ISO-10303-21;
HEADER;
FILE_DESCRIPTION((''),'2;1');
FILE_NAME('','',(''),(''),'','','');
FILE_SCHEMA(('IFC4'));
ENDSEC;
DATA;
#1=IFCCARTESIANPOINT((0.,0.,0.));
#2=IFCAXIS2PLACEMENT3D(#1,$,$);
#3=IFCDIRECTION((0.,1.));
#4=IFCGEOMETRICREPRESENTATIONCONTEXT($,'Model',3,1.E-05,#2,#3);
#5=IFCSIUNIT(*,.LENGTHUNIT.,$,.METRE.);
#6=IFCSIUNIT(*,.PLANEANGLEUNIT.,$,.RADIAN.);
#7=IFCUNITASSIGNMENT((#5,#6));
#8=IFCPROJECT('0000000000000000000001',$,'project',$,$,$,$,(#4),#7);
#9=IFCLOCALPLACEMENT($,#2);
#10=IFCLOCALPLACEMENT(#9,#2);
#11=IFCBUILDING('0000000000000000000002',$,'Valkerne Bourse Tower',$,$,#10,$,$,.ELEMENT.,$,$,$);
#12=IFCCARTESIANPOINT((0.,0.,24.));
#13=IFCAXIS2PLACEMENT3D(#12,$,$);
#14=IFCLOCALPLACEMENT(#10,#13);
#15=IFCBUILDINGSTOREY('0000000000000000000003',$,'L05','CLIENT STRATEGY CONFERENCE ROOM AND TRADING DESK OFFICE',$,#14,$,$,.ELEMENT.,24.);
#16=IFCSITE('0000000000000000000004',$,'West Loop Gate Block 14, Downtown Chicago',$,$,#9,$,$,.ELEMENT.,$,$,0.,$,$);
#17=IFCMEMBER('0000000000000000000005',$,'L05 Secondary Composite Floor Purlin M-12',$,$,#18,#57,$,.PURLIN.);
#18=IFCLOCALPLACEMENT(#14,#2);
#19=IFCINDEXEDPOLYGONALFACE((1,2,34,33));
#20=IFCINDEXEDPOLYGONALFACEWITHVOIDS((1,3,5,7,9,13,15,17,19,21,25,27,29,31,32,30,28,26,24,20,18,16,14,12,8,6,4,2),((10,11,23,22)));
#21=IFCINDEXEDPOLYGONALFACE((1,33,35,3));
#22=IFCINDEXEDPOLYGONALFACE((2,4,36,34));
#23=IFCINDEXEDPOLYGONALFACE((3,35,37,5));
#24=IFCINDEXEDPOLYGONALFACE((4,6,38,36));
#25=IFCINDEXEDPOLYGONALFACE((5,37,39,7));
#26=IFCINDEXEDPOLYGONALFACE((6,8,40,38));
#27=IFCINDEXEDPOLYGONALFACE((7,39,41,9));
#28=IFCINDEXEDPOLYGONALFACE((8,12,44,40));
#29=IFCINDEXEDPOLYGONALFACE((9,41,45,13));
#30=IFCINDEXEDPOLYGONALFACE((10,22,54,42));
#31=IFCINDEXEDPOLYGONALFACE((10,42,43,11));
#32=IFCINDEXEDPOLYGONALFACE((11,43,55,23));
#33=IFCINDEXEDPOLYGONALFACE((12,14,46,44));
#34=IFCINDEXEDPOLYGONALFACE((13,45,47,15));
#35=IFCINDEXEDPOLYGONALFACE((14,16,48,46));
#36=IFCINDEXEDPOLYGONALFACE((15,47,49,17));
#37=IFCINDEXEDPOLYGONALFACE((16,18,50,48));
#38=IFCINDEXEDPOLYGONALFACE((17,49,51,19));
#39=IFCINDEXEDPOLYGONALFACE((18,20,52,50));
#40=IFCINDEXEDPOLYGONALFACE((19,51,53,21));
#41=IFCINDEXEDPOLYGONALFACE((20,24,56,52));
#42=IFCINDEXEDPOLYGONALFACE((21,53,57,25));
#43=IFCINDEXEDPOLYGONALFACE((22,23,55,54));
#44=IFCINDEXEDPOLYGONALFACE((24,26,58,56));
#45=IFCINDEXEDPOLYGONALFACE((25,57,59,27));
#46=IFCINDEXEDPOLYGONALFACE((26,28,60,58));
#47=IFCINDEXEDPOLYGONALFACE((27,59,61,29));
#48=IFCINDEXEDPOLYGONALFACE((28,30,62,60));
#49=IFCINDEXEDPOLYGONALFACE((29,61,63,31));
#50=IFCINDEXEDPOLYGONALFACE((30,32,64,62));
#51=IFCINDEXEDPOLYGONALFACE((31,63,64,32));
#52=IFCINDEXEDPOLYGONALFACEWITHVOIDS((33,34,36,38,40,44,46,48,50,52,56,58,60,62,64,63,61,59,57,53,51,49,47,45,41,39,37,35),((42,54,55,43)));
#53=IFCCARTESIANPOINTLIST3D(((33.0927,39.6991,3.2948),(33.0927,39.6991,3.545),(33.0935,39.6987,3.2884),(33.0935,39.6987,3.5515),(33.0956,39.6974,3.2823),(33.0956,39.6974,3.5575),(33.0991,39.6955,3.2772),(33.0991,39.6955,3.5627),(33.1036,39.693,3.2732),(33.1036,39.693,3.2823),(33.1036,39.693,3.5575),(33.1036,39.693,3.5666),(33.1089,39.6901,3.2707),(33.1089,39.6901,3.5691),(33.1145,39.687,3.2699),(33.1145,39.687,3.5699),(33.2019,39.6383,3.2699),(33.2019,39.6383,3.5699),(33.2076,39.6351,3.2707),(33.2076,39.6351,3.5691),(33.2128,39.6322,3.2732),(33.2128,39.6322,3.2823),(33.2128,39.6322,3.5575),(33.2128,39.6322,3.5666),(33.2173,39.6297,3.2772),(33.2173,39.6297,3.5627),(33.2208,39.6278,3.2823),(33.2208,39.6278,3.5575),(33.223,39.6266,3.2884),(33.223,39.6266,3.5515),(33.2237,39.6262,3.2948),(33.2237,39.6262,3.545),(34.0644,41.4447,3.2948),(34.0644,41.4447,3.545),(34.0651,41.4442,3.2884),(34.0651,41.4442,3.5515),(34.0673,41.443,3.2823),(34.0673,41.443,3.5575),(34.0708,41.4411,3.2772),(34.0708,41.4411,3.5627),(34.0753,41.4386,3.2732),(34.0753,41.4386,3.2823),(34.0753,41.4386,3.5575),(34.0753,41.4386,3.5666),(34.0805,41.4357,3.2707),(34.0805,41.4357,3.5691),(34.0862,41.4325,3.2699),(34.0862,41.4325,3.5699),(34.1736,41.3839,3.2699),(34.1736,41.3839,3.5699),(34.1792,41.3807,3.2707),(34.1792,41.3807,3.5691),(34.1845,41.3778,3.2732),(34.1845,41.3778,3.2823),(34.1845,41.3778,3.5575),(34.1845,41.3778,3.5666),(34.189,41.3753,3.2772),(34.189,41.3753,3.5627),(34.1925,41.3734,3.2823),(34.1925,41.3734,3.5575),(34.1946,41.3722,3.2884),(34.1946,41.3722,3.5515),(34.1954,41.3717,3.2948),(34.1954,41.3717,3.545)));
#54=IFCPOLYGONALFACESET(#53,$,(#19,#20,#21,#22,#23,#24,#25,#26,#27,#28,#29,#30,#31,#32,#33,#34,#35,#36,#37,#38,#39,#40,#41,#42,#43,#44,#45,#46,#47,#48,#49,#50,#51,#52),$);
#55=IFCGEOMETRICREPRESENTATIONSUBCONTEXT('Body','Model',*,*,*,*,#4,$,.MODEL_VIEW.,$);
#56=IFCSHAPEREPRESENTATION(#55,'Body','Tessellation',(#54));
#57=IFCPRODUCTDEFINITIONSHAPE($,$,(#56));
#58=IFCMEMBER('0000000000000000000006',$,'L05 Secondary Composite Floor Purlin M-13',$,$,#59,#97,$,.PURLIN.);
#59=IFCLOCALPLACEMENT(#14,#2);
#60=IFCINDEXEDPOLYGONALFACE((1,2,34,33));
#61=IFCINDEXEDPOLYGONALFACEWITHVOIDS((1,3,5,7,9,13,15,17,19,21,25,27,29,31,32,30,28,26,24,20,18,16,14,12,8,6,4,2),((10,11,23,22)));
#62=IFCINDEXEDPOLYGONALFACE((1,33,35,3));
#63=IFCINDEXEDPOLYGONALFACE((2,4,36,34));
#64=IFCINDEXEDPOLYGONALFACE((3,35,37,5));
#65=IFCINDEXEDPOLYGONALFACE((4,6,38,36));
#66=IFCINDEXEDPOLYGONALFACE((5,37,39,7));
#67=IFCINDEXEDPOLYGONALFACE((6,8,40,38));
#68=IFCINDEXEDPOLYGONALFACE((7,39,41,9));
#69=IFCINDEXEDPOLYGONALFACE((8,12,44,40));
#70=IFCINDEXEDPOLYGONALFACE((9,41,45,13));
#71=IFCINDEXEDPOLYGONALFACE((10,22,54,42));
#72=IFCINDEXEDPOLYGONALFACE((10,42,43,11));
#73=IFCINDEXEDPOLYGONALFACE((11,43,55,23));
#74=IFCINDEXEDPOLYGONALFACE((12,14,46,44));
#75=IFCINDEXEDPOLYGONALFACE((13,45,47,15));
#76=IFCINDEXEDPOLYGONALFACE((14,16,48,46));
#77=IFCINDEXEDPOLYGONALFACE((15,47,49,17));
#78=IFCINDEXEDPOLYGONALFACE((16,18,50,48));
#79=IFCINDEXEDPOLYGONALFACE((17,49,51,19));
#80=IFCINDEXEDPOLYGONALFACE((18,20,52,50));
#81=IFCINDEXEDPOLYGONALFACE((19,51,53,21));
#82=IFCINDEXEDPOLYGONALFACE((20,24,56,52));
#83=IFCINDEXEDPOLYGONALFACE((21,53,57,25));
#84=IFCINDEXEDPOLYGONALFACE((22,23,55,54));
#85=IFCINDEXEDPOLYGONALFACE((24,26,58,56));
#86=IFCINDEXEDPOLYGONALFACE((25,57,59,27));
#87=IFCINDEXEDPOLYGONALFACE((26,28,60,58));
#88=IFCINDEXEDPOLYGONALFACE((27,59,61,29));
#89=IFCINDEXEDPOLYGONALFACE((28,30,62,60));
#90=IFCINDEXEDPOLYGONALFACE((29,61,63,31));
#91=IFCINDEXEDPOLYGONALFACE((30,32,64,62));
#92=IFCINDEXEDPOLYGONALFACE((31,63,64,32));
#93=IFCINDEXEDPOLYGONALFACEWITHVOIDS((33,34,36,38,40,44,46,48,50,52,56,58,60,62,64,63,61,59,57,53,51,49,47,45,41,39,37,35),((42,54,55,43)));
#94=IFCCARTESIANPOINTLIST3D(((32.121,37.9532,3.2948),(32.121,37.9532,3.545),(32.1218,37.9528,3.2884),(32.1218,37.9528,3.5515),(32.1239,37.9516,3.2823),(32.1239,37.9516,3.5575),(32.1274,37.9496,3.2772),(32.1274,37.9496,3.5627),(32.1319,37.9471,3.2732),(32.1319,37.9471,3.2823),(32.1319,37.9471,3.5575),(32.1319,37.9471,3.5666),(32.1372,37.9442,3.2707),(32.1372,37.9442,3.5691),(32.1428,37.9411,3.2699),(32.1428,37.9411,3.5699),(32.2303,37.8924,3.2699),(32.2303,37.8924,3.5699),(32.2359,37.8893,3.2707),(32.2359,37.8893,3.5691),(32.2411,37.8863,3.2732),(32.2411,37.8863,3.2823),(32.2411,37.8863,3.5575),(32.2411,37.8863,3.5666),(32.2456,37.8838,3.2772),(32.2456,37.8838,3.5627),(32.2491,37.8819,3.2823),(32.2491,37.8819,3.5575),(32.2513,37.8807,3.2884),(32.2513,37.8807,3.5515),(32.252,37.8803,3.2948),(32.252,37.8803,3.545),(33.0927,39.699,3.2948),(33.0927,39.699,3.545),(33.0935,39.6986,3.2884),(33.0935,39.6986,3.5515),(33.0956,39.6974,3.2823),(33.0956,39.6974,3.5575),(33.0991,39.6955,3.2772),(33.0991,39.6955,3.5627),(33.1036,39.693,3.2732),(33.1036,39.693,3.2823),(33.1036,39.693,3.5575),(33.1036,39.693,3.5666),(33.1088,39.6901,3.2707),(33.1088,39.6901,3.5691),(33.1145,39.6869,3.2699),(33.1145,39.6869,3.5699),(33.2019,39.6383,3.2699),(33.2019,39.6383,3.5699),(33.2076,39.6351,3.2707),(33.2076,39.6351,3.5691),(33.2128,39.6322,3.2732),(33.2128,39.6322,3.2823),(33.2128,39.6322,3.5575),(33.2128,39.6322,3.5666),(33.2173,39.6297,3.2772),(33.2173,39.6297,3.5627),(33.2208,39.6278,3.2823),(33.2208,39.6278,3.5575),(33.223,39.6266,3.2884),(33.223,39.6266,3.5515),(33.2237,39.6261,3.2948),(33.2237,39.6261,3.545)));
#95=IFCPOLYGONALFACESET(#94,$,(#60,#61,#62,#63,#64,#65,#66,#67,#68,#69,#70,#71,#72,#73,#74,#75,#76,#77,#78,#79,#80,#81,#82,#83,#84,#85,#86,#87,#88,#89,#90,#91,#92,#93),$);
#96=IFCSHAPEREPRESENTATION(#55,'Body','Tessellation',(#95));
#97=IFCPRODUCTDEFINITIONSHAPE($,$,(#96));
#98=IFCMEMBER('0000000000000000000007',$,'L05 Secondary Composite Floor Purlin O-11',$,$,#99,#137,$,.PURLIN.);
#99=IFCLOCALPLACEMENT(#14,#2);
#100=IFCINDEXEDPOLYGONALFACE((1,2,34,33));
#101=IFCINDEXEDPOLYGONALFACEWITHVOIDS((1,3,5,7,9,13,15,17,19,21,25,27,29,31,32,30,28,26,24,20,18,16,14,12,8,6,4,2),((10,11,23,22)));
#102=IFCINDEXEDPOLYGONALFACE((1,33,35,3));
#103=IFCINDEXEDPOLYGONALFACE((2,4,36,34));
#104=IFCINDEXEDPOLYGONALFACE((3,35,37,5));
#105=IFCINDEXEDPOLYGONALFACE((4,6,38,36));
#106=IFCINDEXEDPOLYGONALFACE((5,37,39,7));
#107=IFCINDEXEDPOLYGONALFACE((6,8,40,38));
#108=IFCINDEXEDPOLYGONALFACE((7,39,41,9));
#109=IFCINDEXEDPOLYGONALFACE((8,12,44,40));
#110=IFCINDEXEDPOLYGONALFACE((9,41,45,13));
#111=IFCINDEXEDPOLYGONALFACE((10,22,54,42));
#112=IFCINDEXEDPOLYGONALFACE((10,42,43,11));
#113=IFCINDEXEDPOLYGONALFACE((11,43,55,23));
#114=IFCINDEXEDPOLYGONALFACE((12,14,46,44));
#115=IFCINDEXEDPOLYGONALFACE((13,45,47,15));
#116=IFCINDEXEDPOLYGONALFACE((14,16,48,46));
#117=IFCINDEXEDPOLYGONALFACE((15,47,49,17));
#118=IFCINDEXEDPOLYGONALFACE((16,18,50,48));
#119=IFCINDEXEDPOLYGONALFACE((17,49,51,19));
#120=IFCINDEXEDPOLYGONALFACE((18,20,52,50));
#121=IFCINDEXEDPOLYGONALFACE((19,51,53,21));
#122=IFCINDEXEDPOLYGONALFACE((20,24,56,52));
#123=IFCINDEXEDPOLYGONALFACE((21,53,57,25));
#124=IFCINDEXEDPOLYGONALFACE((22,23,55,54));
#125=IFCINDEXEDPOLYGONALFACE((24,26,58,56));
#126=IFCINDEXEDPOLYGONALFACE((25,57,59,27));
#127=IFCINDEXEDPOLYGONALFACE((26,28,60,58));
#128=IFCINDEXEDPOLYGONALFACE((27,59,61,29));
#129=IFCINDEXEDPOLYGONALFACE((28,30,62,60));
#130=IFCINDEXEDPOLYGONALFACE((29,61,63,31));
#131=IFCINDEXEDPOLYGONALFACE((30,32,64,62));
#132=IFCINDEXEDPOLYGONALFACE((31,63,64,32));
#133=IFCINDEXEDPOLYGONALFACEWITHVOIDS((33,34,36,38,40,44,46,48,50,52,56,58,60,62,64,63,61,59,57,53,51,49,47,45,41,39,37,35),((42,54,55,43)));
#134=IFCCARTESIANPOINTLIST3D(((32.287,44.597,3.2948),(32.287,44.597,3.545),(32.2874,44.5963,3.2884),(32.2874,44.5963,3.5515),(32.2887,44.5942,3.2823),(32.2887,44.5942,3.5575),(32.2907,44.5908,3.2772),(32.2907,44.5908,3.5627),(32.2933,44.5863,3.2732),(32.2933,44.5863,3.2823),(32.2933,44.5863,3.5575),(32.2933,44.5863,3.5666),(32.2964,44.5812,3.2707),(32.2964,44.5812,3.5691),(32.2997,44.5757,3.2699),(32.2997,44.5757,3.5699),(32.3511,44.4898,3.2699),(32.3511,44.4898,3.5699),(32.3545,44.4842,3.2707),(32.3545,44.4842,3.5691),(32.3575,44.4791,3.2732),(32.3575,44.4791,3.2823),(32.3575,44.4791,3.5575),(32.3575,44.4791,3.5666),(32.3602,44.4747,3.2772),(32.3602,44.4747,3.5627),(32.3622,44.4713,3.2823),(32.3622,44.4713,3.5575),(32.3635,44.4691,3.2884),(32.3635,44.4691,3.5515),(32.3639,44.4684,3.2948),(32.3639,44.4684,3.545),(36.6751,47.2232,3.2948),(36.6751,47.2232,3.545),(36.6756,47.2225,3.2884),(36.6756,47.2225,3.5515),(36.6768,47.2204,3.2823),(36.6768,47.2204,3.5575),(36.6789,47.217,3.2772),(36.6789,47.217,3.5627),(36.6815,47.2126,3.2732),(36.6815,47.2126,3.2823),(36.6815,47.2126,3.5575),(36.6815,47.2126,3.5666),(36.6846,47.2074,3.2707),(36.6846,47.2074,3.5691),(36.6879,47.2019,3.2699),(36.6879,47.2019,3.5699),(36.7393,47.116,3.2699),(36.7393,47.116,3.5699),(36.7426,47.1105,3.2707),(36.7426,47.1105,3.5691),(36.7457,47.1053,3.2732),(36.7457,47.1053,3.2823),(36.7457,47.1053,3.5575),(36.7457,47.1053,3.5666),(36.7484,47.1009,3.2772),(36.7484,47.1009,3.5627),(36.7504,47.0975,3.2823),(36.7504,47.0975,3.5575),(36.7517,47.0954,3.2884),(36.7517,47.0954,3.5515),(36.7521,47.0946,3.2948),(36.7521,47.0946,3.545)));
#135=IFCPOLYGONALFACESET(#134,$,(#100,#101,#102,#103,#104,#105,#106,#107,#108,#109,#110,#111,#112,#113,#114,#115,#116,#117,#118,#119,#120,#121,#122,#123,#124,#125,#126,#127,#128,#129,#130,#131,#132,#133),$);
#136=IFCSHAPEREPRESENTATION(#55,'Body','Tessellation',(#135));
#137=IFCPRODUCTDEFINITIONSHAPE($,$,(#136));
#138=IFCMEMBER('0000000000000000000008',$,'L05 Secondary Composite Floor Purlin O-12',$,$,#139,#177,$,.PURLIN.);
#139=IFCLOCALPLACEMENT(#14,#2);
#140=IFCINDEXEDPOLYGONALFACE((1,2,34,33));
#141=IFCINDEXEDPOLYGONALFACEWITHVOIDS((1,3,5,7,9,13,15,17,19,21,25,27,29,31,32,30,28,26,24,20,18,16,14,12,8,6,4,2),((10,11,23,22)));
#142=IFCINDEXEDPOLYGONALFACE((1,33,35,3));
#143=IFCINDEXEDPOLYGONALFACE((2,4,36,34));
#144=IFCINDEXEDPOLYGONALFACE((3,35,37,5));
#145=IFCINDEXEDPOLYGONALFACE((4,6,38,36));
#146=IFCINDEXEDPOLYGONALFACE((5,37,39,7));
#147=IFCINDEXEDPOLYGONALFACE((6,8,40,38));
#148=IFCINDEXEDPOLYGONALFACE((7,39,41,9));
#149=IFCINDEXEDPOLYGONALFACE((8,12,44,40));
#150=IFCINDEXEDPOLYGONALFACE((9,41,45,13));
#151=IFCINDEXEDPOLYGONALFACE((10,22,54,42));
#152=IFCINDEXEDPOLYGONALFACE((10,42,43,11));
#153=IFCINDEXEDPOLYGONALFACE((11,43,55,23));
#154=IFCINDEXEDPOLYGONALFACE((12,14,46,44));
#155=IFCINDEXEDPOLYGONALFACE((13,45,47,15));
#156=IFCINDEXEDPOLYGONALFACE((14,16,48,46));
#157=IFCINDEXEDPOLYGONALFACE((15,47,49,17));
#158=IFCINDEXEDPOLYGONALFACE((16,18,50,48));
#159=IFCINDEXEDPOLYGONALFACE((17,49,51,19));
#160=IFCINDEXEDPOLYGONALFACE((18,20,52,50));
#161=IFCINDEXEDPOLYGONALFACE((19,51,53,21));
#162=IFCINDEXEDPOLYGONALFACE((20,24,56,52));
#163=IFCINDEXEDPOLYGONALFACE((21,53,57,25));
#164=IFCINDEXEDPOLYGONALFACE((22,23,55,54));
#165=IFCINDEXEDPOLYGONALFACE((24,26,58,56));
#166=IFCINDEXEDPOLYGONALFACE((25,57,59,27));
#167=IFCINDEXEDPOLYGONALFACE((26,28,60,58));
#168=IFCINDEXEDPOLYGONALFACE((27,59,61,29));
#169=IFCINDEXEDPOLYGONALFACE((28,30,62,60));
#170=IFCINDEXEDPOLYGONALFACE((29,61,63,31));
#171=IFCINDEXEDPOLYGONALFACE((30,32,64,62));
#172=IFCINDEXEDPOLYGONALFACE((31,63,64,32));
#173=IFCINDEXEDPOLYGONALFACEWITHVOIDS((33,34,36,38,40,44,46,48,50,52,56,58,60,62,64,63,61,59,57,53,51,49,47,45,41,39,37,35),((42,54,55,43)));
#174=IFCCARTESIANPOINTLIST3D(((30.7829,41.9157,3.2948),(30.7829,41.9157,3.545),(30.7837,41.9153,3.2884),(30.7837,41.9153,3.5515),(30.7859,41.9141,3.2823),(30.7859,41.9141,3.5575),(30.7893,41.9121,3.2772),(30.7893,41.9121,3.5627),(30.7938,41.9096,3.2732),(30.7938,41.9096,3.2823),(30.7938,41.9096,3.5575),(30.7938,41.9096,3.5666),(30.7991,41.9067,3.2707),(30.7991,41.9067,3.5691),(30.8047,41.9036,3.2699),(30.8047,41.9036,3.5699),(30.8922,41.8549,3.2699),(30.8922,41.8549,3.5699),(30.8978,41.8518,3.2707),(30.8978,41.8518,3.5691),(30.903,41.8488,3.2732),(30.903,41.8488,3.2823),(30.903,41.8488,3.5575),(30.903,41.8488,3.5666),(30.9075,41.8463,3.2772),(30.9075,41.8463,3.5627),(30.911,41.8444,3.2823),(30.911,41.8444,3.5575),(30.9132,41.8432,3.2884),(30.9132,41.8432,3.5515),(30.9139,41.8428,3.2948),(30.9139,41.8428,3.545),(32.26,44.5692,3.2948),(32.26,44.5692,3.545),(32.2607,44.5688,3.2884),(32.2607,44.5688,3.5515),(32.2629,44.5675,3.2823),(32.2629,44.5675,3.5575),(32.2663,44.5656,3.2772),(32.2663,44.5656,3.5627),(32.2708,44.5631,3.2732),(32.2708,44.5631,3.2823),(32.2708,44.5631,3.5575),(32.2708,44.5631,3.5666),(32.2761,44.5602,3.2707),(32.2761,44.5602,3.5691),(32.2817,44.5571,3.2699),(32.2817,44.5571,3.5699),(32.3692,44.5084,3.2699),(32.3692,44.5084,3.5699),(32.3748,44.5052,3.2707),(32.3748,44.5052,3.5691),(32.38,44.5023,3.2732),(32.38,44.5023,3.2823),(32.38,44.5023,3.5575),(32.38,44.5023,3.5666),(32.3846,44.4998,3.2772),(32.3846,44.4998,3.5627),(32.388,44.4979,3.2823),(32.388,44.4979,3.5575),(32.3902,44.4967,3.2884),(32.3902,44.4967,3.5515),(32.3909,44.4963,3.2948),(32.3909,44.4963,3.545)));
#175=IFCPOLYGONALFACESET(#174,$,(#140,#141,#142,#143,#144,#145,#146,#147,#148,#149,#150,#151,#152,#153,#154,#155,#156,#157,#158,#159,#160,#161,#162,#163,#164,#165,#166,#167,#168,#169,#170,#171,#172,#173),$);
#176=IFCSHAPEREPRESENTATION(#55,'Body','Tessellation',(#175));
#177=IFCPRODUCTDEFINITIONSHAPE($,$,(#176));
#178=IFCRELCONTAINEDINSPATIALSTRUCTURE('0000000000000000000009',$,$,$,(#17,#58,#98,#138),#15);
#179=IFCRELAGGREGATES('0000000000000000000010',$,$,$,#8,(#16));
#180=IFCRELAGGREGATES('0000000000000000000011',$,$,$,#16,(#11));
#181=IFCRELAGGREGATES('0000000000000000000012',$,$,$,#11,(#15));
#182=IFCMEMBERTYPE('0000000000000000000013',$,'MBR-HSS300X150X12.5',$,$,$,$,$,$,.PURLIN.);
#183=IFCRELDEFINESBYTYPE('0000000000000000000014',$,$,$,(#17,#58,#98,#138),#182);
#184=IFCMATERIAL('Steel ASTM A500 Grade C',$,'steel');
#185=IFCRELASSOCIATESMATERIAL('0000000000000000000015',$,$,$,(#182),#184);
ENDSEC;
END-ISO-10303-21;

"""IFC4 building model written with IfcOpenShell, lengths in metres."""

from ifc_helpers import new_model, si_unit, direction, frame, origin, origin_2d, place, context, subcontext, project, spatial, hollow_rectangle, extrude, material, material_profile, profile_set, type_object, element, save


model = new_model("IFC4")

# Units and contexts
model_context = context("Model", 3, precision=1e-05, world=origin(), true_north=direction((0.0, 1.0)))
body_context = subcontext(model_context, "Body", "Model", "MODEL_VIEW")
ifc_project = project(units=[si_unit("LENGTHUNIT", "METRE"), si_unit("PLANEANGLEUNIT", "RADIAN")], contexts=[model_context])

# Site, building, storey
site_placement = place(None, origin())
site = spatial("IfcSite", under=ifc_project, at=site_placement, Name="West Loop Gate Block 14, Downtown Chicago", CompositionType="ELEMENT", RefElevation=0.0)
building_placement = place(site_placement, origin())
building = spatial("IfcBuilding", under=site, at=building_placement, Name="Valkerne Bourse Tower", CompositionType="ELEMENT")
storey_placement = place(building_placement, frame((0.0, 0.0, 24.0)))
storey = spatial("IfcBuildingStorey", under=building, at=storey_placement, Name="L05", Description="CLIENT STRATEGY CONFERENCE ROOM AND TRADING DESK OFFICE", CompositionType="ELEMENT", Elevation=24.0)

# Members
ifc_material_1 = material(Name="Steel ASTM A500 Grade C", Category="steel")
ifc_material_profile_1 = material_profile(ifc_material_1, hollow_rectangle(XDim=0.1499, YDim=0.3, WallThickness=0.0125, OuterFilletRadius=0.0249, at=origin_2d()), Name="HSS300X150X12.5")
ifc_profile_set_1 = profile_set([ifc_material_profile_1], Name="Steel ASTM A500 Grade C")
member_type_1 = type_object("IfcMemberType", Name="MBR-HSS300X150X12.5", PredefinedType="PURLIN", material=ifc_profile_set_1)
member_1_placement = place(storey_placement, frame((34.1299, 41.4082, 3.4199), z_axis=(-0.486369, -0.873753, 0.0), x_axis=(0.873753, -0.486369, 0.0)))
element("IfcMember", 1, at=member_1_placement, inside=storey, type_object=member_type_1, Name="L05 Secondary Composite Floor Purlin M-12", PredefinedType="PURLIN", context=body_context, shape_type="SweptSolid", body=[
    extrude(hollow_rectangle(XDim=0.1499, YDim=0.3, WallThickness=0.0125, OuterFilletRadius=0.0249, at=origin_2d()), origin(), (0.0, 0.0, 1.0), 1.9978),
])
member_2_placement = place(storey_placement, frame((33.1582, 39.6626, 3.4199), z_axis=(-0.486317, -0.873782, 0.0), x_axis=(0.873782, -0.486317, 0.0)))
element("IfcMember", 2, at=member_2_placement, inside=storey, type_object=member_type_1, Name="L05 Secondary Composite Floor Purlin M-13", PredefinedType="PURLIN", context=body_context, shape_type="SweptSolid", body=[
    extrude(hollow_rectangle(XDim=0.1499, YDim=0.3, WallThickness=0.0125, OuterFilletRadius=0.0249, at=origin_2d()), origin(), (0.0, 0.0, 1.0), 1.998),
])
member_3_placement = place(storey_placement, frame((36.7136, 47.1589, 3.4199), z_axis=(-0.858069, -0.513534, 0.0), x_axis=(0.513534, -0.858069, 0.0)))
element("IfcMember", 3, at=member_3_placement, inside=storey, type_object=member_type_1, Name="L05 Secondary Composite Floor Purlin O-11", PredefinedType="PURLIN", context=body_context, shape_type="SweptSolid", body=[
    extrude(hollow_rectangle(XDim=0.1499, YDim=0.3, WallThickness=0.0125, OuterFilletRadius=0.0249, at=origin_2d()), origin(), (0.0, 0.0, 1.0), 5.114),
])
for number, where, z_axis, x_axis, name in (
    (4, (32.3254, 44.5327, 3.4199), (-0.486359, -0.873759, 0.0), (0.873759, -0.486359, 0.0), "L05 Secondary Composite Floor Purlin O-12"),
):
    element("IfcMember", number, at=place(storey_placement, frame(where, z_axis=z_axis, x_axis=x_axis)), inside=storey, type_object=member_type_1, Name=name, PredefinedType="PURLIN", context=body_context, shape_type="SweptSolid", body=[
        extrude(hollow_rectangle(XDim=0.1499, YDim=0.3, WallThickness=0.0125, OuterFilletRadius=0.0249, at=origin_2d()), origin(), (0.0, 0.0, 1.0), 3.0369),
    ])

save(model, "model.ifc")
